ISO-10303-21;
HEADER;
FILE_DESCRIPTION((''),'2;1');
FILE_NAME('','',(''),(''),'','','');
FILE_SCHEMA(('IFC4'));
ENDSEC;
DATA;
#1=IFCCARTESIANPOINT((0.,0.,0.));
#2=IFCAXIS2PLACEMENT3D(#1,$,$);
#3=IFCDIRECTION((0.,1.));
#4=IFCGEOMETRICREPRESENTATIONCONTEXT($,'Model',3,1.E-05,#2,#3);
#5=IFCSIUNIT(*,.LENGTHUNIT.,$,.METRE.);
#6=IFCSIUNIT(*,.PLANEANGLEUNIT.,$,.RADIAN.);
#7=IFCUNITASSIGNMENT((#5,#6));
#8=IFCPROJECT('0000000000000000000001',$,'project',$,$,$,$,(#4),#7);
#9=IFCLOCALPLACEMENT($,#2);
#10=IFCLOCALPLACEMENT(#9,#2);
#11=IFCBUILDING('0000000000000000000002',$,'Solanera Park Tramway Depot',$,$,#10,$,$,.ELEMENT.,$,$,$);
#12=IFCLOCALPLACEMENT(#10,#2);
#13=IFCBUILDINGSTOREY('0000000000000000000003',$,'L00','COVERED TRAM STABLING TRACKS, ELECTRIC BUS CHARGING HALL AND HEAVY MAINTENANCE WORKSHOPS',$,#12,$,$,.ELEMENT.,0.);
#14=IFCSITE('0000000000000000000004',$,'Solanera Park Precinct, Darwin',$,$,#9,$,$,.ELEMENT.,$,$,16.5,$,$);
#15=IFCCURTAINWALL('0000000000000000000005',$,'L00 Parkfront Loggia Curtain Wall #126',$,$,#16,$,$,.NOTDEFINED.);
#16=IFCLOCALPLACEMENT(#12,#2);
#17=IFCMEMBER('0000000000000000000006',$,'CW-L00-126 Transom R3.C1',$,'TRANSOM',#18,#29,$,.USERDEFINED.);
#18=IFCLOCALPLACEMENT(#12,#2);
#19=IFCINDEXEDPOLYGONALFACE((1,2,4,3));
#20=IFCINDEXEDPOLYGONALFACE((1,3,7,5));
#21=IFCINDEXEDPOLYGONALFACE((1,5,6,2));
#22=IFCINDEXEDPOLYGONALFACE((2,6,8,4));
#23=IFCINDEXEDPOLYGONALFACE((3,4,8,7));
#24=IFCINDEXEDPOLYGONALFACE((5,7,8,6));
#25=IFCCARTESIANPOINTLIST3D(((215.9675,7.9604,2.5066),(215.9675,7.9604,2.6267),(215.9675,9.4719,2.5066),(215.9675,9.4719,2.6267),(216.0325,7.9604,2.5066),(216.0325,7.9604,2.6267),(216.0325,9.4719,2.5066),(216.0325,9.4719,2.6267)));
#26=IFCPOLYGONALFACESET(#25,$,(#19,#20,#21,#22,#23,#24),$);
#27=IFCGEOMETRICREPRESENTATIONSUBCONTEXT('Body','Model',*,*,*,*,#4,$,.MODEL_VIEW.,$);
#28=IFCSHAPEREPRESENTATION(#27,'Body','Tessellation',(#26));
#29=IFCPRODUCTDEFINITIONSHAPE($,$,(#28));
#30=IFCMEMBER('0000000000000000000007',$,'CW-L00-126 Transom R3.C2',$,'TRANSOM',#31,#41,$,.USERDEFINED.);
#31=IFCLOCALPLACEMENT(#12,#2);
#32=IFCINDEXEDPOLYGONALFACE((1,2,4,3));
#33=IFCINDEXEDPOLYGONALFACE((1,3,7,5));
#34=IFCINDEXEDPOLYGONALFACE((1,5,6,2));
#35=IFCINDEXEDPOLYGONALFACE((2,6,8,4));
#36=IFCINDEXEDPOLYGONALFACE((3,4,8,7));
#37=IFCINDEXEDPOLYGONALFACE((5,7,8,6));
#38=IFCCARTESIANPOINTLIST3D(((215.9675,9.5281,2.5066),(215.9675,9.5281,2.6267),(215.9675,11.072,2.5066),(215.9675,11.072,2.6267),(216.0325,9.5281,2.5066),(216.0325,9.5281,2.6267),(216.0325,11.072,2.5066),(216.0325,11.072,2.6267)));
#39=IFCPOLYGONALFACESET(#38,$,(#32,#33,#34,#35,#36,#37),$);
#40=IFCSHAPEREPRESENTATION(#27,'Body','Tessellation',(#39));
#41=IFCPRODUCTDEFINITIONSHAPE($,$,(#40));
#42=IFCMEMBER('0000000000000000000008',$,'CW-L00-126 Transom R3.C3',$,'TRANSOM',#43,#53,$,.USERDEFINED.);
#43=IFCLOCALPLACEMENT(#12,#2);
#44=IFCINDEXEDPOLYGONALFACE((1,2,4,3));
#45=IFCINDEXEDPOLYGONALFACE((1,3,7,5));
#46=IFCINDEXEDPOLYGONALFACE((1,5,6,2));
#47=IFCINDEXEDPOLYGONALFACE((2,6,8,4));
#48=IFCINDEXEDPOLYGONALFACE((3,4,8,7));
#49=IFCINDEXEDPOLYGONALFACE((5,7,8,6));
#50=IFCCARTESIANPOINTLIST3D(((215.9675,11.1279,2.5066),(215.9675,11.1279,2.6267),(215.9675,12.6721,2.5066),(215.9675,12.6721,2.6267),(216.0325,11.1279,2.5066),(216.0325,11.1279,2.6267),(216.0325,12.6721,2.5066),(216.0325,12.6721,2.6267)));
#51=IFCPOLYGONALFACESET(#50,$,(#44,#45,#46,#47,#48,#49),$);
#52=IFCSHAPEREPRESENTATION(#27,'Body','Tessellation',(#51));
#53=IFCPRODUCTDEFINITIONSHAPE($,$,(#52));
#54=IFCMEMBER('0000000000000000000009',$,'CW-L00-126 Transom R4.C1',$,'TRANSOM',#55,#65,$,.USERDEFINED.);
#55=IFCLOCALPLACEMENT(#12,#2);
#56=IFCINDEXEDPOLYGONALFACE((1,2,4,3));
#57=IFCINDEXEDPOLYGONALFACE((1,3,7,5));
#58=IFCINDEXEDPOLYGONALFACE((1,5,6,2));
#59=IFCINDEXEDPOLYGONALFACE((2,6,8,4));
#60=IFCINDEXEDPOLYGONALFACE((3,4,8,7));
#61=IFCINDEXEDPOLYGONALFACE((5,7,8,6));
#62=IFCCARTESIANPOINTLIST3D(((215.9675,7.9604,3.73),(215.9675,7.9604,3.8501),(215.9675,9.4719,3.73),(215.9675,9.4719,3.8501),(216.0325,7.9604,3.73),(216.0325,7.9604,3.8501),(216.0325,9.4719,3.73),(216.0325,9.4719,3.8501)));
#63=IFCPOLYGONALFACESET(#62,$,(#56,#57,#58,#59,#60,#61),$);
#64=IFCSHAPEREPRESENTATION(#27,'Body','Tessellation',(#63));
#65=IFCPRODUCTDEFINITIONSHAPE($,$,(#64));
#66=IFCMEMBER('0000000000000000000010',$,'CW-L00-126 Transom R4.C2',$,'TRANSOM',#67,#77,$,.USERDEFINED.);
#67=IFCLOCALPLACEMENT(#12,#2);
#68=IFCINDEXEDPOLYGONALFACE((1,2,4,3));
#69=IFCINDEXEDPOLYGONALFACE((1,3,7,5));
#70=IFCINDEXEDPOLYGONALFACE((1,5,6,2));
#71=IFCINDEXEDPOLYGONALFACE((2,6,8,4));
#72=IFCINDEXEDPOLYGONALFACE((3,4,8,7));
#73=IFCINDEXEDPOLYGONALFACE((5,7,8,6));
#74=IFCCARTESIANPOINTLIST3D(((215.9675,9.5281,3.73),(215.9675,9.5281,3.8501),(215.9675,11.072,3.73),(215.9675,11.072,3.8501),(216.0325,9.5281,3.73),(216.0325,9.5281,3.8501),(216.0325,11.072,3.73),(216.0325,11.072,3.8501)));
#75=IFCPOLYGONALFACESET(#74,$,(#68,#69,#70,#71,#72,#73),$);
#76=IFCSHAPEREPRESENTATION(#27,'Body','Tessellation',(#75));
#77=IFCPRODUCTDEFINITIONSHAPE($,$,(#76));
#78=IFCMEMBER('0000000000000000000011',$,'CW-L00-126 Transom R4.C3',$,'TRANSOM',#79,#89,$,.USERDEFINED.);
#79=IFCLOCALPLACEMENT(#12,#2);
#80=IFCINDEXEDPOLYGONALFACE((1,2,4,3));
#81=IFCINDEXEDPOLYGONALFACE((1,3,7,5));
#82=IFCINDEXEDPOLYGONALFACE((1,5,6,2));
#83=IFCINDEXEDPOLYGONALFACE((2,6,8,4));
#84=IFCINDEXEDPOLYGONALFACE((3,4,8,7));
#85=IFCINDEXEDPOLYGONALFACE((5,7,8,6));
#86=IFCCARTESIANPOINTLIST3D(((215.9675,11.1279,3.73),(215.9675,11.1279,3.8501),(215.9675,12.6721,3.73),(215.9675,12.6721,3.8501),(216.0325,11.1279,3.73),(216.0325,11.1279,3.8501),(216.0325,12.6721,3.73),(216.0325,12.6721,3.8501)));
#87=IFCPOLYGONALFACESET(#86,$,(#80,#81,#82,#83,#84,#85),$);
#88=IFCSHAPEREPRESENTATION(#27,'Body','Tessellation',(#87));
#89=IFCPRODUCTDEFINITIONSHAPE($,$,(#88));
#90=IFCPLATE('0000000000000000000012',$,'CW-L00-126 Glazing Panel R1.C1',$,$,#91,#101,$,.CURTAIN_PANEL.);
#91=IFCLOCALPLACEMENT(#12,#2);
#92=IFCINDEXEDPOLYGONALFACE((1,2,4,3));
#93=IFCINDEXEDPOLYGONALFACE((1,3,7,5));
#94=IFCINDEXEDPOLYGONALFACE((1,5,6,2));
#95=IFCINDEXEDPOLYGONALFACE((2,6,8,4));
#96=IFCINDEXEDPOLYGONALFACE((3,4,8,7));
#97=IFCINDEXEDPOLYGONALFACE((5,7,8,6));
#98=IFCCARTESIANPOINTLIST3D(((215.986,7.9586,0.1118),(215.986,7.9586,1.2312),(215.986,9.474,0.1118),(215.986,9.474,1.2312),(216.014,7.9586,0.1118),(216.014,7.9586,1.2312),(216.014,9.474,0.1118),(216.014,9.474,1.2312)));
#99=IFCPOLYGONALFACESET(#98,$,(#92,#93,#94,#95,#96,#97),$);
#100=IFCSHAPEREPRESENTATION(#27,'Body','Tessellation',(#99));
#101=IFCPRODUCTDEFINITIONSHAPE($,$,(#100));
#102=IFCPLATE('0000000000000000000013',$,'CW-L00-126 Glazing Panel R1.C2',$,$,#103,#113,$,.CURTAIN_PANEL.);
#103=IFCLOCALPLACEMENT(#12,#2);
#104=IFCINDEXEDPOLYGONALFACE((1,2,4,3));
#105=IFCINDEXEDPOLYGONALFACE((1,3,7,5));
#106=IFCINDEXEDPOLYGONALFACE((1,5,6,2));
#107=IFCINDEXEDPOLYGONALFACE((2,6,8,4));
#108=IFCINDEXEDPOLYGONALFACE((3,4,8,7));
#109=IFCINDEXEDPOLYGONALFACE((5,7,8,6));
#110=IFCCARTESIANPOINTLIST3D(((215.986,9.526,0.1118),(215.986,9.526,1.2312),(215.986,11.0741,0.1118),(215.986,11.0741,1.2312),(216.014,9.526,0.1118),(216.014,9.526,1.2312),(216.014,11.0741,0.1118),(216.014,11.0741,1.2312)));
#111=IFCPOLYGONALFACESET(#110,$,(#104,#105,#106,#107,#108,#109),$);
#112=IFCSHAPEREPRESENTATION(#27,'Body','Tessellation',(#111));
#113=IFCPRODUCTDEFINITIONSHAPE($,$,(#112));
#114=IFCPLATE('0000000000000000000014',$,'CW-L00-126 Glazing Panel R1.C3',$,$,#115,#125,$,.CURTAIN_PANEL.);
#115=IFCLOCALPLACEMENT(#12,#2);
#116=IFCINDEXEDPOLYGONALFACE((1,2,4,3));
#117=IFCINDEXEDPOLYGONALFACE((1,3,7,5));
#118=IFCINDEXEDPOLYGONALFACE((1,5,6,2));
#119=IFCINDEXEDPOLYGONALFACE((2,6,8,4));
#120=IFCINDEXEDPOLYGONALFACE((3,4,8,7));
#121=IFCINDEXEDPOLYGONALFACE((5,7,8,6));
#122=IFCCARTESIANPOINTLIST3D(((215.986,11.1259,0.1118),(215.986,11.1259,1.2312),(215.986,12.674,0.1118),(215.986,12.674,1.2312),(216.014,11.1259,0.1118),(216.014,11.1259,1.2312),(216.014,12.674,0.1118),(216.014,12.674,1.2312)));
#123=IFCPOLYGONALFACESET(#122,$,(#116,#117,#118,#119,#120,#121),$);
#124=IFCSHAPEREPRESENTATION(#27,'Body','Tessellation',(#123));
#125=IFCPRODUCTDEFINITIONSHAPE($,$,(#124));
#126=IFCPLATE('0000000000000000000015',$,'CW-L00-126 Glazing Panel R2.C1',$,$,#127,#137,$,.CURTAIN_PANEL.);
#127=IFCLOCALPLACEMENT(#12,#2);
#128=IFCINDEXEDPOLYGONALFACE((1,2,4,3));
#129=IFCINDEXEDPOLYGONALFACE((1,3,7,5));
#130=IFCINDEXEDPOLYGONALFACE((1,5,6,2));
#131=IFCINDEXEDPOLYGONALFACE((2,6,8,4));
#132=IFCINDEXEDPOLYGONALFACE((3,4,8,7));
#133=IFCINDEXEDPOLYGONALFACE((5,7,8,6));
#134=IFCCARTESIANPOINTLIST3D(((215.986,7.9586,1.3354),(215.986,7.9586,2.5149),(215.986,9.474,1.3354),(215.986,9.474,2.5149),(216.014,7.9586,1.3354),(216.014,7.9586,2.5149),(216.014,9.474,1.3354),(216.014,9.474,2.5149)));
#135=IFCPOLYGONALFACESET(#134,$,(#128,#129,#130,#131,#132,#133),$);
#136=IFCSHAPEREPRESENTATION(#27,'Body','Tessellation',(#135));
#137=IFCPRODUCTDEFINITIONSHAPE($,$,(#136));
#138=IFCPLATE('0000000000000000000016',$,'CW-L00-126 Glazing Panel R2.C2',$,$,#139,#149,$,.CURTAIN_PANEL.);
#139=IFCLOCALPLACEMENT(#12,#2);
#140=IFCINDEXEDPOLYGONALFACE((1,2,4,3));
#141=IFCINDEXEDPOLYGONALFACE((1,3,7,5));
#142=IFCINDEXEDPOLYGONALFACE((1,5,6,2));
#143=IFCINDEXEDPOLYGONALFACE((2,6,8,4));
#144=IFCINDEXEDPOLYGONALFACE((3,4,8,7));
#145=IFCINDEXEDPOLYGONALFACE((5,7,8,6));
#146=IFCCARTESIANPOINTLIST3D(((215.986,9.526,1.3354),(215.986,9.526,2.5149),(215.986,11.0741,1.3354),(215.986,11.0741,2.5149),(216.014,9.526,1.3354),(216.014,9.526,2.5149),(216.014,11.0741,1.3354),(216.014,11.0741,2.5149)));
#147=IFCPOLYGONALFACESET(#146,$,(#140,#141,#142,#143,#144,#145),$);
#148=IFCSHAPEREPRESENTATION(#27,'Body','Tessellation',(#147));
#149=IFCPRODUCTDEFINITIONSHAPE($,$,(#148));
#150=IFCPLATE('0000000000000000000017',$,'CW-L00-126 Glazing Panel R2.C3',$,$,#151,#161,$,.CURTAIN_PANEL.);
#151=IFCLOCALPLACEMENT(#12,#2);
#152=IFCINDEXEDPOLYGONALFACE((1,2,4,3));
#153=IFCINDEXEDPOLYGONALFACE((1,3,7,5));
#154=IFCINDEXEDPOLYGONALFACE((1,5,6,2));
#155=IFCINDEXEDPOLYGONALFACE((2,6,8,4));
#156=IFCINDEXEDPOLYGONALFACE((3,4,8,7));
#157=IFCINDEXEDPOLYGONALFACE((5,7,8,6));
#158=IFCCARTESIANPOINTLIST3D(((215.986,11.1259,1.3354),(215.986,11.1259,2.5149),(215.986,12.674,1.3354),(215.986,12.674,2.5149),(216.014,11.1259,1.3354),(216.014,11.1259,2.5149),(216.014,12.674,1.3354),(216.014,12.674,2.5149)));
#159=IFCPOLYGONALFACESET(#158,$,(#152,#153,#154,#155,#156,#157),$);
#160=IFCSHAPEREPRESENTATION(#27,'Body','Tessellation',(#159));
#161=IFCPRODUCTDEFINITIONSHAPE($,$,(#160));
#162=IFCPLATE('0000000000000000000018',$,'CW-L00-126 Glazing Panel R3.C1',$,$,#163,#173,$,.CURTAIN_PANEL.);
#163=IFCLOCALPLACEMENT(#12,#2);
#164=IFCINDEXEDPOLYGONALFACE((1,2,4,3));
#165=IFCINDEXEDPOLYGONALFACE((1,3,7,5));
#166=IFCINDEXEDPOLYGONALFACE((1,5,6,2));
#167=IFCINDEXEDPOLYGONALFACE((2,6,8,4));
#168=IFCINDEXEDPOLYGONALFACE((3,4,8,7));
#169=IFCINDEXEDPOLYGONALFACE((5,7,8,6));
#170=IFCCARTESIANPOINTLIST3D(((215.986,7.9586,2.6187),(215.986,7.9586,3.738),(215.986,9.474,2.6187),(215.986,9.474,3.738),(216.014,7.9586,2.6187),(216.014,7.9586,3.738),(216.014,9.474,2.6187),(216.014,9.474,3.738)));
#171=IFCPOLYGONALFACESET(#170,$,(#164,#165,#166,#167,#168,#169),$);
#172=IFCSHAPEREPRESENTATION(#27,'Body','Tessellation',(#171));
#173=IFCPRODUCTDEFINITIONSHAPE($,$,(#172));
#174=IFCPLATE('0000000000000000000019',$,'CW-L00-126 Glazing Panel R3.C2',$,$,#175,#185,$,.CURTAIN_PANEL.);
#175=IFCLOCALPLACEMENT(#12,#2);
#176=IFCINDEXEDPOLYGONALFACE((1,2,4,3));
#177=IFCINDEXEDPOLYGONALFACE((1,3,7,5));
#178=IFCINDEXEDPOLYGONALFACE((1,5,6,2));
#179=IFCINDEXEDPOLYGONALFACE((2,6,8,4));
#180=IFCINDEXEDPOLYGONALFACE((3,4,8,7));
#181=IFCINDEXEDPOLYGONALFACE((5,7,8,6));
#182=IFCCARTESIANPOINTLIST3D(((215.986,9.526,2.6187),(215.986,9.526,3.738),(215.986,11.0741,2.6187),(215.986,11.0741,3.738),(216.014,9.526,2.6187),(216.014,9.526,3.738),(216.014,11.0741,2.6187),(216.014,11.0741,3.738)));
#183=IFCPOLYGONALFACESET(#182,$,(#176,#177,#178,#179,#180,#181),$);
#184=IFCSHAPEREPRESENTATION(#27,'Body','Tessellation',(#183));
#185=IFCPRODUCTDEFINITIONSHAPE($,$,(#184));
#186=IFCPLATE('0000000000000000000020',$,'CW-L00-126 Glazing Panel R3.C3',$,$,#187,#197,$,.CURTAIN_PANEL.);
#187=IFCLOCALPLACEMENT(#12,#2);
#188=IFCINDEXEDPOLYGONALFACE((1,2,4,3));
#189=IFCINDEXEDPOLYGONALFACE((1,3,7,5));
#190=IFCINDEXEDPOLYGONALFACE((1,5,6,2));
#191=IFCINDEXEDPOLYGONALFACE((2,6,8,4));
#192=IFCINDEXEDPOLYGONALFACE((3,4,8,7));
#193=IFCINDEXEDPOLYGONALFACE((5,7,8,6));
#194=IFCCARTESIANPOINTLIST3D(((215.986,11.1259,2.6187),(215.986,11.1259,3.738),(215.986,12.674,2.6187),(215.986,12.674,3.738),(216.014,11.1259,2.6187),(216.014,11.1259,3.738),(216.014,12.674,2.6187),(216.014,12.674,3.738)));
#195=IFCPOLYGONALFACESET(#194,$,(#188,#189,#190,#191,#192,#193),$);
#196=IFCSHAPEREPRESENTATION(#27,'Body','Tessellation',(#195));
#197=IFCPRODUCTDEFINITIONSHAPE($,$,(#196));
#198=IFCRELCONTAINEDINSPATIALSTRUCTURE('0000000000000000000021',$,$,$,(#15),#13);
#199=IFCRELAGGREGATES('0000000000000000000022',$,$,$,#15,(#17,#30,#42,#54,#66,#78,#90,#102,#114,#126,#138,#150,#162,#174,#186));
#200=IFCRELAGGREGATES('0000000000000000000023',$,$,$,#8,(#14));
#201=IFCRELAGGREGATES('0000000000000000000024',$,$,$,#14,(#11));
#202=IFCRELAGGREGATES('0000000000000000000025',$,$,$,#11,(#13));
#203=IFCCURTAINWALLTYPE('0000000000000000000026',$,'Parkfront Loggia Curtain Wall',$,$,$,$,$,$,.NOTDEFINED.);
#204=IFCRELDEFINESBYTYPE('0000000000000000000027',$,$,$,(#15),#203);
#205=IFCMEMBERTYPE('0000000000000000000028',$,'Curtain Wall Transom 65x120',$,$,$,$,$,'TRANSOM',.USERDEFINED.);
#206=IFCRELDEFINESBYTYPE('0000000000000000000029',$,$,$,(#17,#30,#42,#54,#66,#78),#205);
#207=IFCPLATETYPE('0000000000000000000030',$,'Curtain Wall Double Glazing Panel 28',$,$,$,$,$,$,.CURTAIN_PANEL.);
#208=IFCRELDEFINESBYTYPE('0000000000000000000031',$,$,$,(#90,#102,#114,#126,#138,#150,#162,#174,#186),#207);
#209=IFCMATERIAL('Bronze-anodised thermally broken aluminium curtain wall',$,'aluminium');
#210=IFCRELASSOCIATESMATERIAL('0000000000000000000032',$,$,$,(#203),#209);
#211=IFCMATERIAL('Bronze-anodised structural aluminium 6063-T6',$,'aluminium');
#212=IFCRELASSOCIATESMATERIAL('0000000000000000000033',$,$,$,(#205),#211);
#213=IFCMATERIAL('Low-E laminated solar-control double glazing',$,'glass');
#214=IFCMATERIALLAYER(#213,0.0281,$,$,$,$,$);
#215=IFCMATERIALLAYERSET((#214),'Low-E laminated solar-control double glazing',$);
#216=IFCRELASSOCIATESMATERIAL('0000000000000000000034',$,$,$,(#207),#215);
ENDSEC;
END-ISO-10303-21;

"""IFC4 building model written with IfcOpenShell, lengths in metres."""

from ifc_helpers import new_model, si_unit, direction, frame, origin, origin_2d, place, context, subcontext, project, spatial, rectangle, extrude, material, layer, layer_set, material_profile, profile_set, type_object, element, aggregate, save


model = new_model("IFC4")

# Units and contexts
model_context = context("Model", 3, precision=1e-05, world=origin(), true_north=direction((0.0, 1.0)))
body_context = subcontext(model_context, "Body", "Model", "MODEL_VIEW")
ifc_project = project(units=[si_unit("LENGTHUNIT", "METRE"), si_unit("PLANEANGLEUNIT", "RADIAN")], contexts=[model_context])

# Site, building, storey
site_placement = place(None, origin())
site = spatial("IfcSite", under=ifc_project, at=site_placement, Name="Solanera Park Precinct, Darwin", CompositionType="ELEMENT", RefElevation=16.5)
building_placement = place(site_placement, origin())
building = spatial("IfcBuilding", under=site, at=building_placement, Name="Solanera Park Tramway Depot", CompositionType="ELEMENT")
storey_placement = place(building_placement, origin())
storey = spatial("IfcBuildingStorey", under=building, at=storey_placement, Name="L00", Description="COVERED TRAM STABLING TRACKS, ELECTRIC BUS CHARGING HALL AND HEAVY MAINTENANCE WORKSHOPS", CompositionType="ELEMENT", Elevation=0.0)

# Curtain wall, members, plates
ifc_material_1 = material(Name="Bronze-anodised thermally broken aluminium curtain wall", Category="aluminium")
curtain_wall_type = type_object("IfcCurtainWallType", Name="Parkfront Loggia Curtain Wall", PredefinedType="NOTDEFINED", material=ifc_material_1)
curtain_wall_placement = place(storey_placement, origin())
curtain_wall = element("IfcCurtainWall", 1, at=curtain_wall_placement, inside=storey, type_object=curtain_wall_type, Name="L00 Parkfront Loggia Curtain Wall #126", PredefinedType="NOTDEFINED")
ifc_material_2 = material(Name="Bronze-anodised structural aluminium 6063-T6", Category="aluminium")
ifc_material_profile_1 = material_profile(ifc_material_2, rectangle(XDim=0.0649, YDim=0.1201, at=origin_2d()), Name="Curtain Wall Transom 65x120")
ifc_profile_set_1 = profile_set([ifc_material_profile_1], Name="Bronze-anodised structural aluminium 6063-T6")
member_type_1 = type_object("IfcMemberType", Name="Curtain Wall Transom 65x120", ElementType="TRANSOM", PredefinedType="USERDEFINED", material=ifc_profile_set_1)
member_1_placement = place(storey_placement, frame((216.0, 7.9604, 2.5667), z_axis=(0.0, 1.0, 0.0), x_axis=(-1.0, 0.0, 0.0)))
member_1 = element("IfcMember", 2, at=member_1_placement, type_object=member_type_1, Name="CW-L00-126 Transom R3.C1", ObjectType="TRANSOM", PredefinedType="USERDEFINED", context=body_context, shape_type="SweptSolid", body=[
    extrude(rectangle(XDim=0.0649, YDim=0.1201, at=origin_2d()), origin(), (0.0, 0.0, 1.0), 1.5115),
])
member_2_placement = place(storey_placement, frame((216.0, 9.5281, 2.5667), z_axis=(0.0, 1.0, 0.0), x_axis=(-1.0, 0.0, 0.0)))
member_2 = element("IfcMember", 3, at=member_2_placement, type_object=member_type_1, Name="CW-L00-126 Transom R3.C2", ObjectType="TRANSOM", PredefinedType="USERDEFINED", context=body_context, shape_type="SweptSolid", body=[
    extrude(rectangle(XDim=0.0649, YDim=0.1201, at=origin_2d()), origin(), (0.0, 0.0, 1.0), 1.5439),
])
member_3_placement = place(storey_placement, frame((216.0, 11.1279, 2.5667), z_axis=(0.0, 1.0, 0.0), x_axis=(-1.0, 0.0, 0.0)))
member_3 = element("IfcMember", 4, at=member_3_placement, type_object=member_type_1, Name="CW-L00-126 Transom R3.C3", ObjectType="TRANSOM", PredefinedType="USERDEFINED", context=body_context, shape_type="SweptSolid", body=[
    extrude(rectangle(XDim=0.0649, YDim=0.1201, at=origin_2d()), origin(), (0.0, 0.0, 1.0), 1.5442),
])
member_4_placement = place(storey_placement, frame((216.0, 7.9604, 3.79), z_axis=(0.0, 1.0, 0.0), x_axis=(-1.0, 0.0, 0.0)))
member_4 = element("IfcMember", 5, at=member_4_placement, type_object=member_type_1, Name="CW-L00-126 Transom R4.C1", ObjectType="TRANSOM", PredefinedType="USERDEFINED", context=body_context, shape_type="SweptSolid", body=[
    extrude(rectangle(XDim=0.0649, YDim=0.1201, at=origin_2d()), origin(), (0.0, 0.0, 1.0), 1.5115),
])
member_5_placement = place(storey_placement, frame((216.0, 9.5281, 3.79), z_axis=(0.0, 1.0, 0.0), x_axis=(-1.0, 0.0, 0.0)))
member_5 = element("IfcMember", 6, at=member_5_placement, type_object=member_type_1, Name="CW-L00-126 Transom R4.C2", ObjectType="TRANSOM", PredefinedType="USERDEFINED", context=body_context, shape_type="SweptSolid", body=[
    extrude(rectangle(XDim=0.0649, YDim=0.1201, at=origin_2d()), origin(), (0.0, 0.0, 1.0), 1.5439),
])
member_6_placement = place(storey_placement, frame((216.0, 11.1279, 3.79), z_axis=(0.0, 1.0, 0.0), x_axis=(-1.0, 0.0, 0.0)))
member_6 = element("IfcMember", 7, at=member_6_placement, type_object=member_type_1, Name="CW-L00-126 Transom R4.C3", ObjectType="TRANSOM", PredefinedType="USERDEFINED", context=body_context, shape_type="SweptSolid", body=[
    extrude(rectangle(XDim=0.0649, YDim=0.1201, at=origin_2d()), origin(), (0.0, 0.0, 1.0), 1.5442),
])
ifc_material_3 = material(Name="Low-E laminated solar-control double glazing", Category="glass")
ifc_layer_1 = layer(ifc_material_3, 0.0281)
ifc_layer_set_1 = layer_set([ifc_layer_1], Name="Low-E laminated solar-control double glazing")
plate_type = type_object("IfcPlateType", Name="Curtain Wall Double Glazing Panel 28", PredefinedType="CURTAIN_PANEL", material=ifc_layer_set_1)
plate_1_placement = place(storey_placement, frame((216.0, 8.7163, 0.1118), z_axis=(0.0, 0.0, 1.0), x_axis=(0.0, 1.0, 0.0)))
plate_1 = element("IfcPlate", 8, at=plate_1_placement, type_object=plate_type, Name="CW-L00-126 Glazing Panel R1.C1", PredefinedType="CURTAIN_PANEL", context=body_context, shape_type="SweptSolid", body=[
    extrude(rectangle(XDim=1.5154, YDim=0.0281, at=origin_2d()), origin(), (0.0, 0.0, 1.0), 1.1194),
])
plate_2_placement = place(storey_placement, frame((216.0, 10.3, 0.1118), z_axis=(0.0, 0.0, 1.0), x_axis=(0.0, 1.0, 0.0)))
plate_2 = element("IfcPlate", 9, at=plate_2_placement, type_object=plate_type, Name="CW-L00-126 Glazing Panel R1.C2", PredefinedType="CURTAIN_PANEL", context=body_context, shape_type="SweptSolid", body=[
    extrude(rectangle(XDim=1.5481, YDim=0.0281, at=origin_2d()), origin(), (0.0, 0.0, 1.0), 1.1194),
])
plate_3_placement = place(storey_placement, frame((216.0, 11.8999, 0.1118), z_axis=(0.0, 0.0, 1.0), x_axis=(0.0, 1.0, 0.0)))
plate_3 = element("IfcPlate", 10, at=plate_3_placement, type_object=plate_type, Name="CW-L00-126 Glazing Panel R1.C3", PredefinedType="CURTAIN_PANEL", context=body_context, shape_type="SweptSolid", body=[
    extrude(rectangle(XDim=1.5481, YDim=0.0281, at=origin_2d()), origin(), (0.0, 0.0, 1.0), 1.1194),
])
plate_4_placement = place(storey_placement, frame((216.0, 8.7163, 1.3354), z_axis=(0.0, 0.0, 1.0), x_axis=(0.0, 1.0, 0.0)))
plate_4 = element("IfcPlate", 11, at=plate_4_placement, type_object=plate_type, Name="CW-L00-126 Glazing Panel R2.C1", PredefinedType="CURTAIN_PANEL", context=body_context, shape_type="SweptSolid", body=[
    extrude(rectangle(XDim=1.5154, YDim=0.0281, at=origin_2d()), origin(), (0.0, 0.0, 1.0), 1.1794),
])
plate_5_placement = place(storey_placement, frame((216.0, 10.3, 1.3354), z_axis=(0.0, 0.0, 1.0), x_axis=(0.0, 1.0, 0.0)))
plate_5 = element("IfcPlate", 12, at=plate_5_placement, type_object=plate_type, Name="CW-L00-126 Glazing Panel R2.C2", PredefinedType="CURTAIN_PANEL", context=body_context, shape_type="SweptSolid", body=[
    extrude(rectangle(XDim=1.5481, YDim=0.0281, at=origin_2d()), origin(), (0.0, 0.0, 1.0), 1.1794),
])
plate_6_placement = place(storey_placement, frame((216.0, 11.8999, 1.3354), z_axis=(0.0, 0.0, 1.0), x_axis=(0.0, 1.0, 0.0)))
plate_6 = element("IfcPlate", 13, at=plate_6_placement, type_object=plate_type, Name="CW-L00-126 Glazing Panel R2.C3", PredefinedType="CURTAIN_PANEL", context=body_context, shape_type="SweptSolid", body=[
    extrude(rectangle(XDim=1.5481, YDim=0.0281, at=origin_2d()), origin(), (0.0, 0.0, 1.0), 1.1794),
])
plate_7_placement = place(storey_placement, frame((216.0, 8.7163, 2.6187), z_axis=(0.0, 0.0, 1.0), x_axis=(0.0, 1.0, 0.0)))
plate_7 = element("IfcPlate", 14, at=plate_7_placement, type_object=plate_type, Name="CW-L00-126 Glazing Panel R3.C1", PredefinedType="CURTAIN_PANEL", context=body_context, shape_type="SweptSolid", body=[
    extrude(rectangle(XDim=1.5154, YDim=0.0281, at=origin_2d()), origin(), (0.0, 0.0, 1.0), 1.1194),
])
plate_8_placement = place(storey_placement, frame((216.0, 10.3, 2.6187), z_axis=(0.0, 0.0, 1.0), x_axis=(0.0, 1.0, 0.0)))
plate_8 = element("IfcPlate", 15, at=plate_8_placement, type_object=plate_type, Name="CW-L00-126 Glazing Panel R3.C2", PredefinedType="CURTAIN_PANEL", context=body_context, shape_type="SweptSolid", body=[
    extrude(rectangle(XDim=1.5481, YDim=0.0281, at=origin_2d()), origin(), (0.0, 0.0, 1.0), 1.1194),
])
plate_9_placement = place(storey_placement, frame((216.0, 11.8999, 2.6187), z_axis=(0.0, 0.0, 1.0), x_axis=(0.0, 1.0, 0.0)))
plate_9 = element("IfcPlate", 16, at=plate_9_placement, type_object=plate_type, Name="CW-L00-126 Glazing Panel R3.C3", PredefinedType="CURTAIN_PANEL", context=body_context, shape_type="SweptSolid", body=[
    extrude(rectangle(XDim=1.5481, YDim=0.0281, at=origin_2d()), origin(), (0.0, 0.0, 1.0), 1.1194),
])
aggregate(curtain_wall, [member_1, member_2, member_3, member_4, member_5, member_6, plate_1, plate_2, plate_3, plate_4, plate_5, plate_6, plate_7, plate_8, plate_9])

save(model, "model.ifc")
